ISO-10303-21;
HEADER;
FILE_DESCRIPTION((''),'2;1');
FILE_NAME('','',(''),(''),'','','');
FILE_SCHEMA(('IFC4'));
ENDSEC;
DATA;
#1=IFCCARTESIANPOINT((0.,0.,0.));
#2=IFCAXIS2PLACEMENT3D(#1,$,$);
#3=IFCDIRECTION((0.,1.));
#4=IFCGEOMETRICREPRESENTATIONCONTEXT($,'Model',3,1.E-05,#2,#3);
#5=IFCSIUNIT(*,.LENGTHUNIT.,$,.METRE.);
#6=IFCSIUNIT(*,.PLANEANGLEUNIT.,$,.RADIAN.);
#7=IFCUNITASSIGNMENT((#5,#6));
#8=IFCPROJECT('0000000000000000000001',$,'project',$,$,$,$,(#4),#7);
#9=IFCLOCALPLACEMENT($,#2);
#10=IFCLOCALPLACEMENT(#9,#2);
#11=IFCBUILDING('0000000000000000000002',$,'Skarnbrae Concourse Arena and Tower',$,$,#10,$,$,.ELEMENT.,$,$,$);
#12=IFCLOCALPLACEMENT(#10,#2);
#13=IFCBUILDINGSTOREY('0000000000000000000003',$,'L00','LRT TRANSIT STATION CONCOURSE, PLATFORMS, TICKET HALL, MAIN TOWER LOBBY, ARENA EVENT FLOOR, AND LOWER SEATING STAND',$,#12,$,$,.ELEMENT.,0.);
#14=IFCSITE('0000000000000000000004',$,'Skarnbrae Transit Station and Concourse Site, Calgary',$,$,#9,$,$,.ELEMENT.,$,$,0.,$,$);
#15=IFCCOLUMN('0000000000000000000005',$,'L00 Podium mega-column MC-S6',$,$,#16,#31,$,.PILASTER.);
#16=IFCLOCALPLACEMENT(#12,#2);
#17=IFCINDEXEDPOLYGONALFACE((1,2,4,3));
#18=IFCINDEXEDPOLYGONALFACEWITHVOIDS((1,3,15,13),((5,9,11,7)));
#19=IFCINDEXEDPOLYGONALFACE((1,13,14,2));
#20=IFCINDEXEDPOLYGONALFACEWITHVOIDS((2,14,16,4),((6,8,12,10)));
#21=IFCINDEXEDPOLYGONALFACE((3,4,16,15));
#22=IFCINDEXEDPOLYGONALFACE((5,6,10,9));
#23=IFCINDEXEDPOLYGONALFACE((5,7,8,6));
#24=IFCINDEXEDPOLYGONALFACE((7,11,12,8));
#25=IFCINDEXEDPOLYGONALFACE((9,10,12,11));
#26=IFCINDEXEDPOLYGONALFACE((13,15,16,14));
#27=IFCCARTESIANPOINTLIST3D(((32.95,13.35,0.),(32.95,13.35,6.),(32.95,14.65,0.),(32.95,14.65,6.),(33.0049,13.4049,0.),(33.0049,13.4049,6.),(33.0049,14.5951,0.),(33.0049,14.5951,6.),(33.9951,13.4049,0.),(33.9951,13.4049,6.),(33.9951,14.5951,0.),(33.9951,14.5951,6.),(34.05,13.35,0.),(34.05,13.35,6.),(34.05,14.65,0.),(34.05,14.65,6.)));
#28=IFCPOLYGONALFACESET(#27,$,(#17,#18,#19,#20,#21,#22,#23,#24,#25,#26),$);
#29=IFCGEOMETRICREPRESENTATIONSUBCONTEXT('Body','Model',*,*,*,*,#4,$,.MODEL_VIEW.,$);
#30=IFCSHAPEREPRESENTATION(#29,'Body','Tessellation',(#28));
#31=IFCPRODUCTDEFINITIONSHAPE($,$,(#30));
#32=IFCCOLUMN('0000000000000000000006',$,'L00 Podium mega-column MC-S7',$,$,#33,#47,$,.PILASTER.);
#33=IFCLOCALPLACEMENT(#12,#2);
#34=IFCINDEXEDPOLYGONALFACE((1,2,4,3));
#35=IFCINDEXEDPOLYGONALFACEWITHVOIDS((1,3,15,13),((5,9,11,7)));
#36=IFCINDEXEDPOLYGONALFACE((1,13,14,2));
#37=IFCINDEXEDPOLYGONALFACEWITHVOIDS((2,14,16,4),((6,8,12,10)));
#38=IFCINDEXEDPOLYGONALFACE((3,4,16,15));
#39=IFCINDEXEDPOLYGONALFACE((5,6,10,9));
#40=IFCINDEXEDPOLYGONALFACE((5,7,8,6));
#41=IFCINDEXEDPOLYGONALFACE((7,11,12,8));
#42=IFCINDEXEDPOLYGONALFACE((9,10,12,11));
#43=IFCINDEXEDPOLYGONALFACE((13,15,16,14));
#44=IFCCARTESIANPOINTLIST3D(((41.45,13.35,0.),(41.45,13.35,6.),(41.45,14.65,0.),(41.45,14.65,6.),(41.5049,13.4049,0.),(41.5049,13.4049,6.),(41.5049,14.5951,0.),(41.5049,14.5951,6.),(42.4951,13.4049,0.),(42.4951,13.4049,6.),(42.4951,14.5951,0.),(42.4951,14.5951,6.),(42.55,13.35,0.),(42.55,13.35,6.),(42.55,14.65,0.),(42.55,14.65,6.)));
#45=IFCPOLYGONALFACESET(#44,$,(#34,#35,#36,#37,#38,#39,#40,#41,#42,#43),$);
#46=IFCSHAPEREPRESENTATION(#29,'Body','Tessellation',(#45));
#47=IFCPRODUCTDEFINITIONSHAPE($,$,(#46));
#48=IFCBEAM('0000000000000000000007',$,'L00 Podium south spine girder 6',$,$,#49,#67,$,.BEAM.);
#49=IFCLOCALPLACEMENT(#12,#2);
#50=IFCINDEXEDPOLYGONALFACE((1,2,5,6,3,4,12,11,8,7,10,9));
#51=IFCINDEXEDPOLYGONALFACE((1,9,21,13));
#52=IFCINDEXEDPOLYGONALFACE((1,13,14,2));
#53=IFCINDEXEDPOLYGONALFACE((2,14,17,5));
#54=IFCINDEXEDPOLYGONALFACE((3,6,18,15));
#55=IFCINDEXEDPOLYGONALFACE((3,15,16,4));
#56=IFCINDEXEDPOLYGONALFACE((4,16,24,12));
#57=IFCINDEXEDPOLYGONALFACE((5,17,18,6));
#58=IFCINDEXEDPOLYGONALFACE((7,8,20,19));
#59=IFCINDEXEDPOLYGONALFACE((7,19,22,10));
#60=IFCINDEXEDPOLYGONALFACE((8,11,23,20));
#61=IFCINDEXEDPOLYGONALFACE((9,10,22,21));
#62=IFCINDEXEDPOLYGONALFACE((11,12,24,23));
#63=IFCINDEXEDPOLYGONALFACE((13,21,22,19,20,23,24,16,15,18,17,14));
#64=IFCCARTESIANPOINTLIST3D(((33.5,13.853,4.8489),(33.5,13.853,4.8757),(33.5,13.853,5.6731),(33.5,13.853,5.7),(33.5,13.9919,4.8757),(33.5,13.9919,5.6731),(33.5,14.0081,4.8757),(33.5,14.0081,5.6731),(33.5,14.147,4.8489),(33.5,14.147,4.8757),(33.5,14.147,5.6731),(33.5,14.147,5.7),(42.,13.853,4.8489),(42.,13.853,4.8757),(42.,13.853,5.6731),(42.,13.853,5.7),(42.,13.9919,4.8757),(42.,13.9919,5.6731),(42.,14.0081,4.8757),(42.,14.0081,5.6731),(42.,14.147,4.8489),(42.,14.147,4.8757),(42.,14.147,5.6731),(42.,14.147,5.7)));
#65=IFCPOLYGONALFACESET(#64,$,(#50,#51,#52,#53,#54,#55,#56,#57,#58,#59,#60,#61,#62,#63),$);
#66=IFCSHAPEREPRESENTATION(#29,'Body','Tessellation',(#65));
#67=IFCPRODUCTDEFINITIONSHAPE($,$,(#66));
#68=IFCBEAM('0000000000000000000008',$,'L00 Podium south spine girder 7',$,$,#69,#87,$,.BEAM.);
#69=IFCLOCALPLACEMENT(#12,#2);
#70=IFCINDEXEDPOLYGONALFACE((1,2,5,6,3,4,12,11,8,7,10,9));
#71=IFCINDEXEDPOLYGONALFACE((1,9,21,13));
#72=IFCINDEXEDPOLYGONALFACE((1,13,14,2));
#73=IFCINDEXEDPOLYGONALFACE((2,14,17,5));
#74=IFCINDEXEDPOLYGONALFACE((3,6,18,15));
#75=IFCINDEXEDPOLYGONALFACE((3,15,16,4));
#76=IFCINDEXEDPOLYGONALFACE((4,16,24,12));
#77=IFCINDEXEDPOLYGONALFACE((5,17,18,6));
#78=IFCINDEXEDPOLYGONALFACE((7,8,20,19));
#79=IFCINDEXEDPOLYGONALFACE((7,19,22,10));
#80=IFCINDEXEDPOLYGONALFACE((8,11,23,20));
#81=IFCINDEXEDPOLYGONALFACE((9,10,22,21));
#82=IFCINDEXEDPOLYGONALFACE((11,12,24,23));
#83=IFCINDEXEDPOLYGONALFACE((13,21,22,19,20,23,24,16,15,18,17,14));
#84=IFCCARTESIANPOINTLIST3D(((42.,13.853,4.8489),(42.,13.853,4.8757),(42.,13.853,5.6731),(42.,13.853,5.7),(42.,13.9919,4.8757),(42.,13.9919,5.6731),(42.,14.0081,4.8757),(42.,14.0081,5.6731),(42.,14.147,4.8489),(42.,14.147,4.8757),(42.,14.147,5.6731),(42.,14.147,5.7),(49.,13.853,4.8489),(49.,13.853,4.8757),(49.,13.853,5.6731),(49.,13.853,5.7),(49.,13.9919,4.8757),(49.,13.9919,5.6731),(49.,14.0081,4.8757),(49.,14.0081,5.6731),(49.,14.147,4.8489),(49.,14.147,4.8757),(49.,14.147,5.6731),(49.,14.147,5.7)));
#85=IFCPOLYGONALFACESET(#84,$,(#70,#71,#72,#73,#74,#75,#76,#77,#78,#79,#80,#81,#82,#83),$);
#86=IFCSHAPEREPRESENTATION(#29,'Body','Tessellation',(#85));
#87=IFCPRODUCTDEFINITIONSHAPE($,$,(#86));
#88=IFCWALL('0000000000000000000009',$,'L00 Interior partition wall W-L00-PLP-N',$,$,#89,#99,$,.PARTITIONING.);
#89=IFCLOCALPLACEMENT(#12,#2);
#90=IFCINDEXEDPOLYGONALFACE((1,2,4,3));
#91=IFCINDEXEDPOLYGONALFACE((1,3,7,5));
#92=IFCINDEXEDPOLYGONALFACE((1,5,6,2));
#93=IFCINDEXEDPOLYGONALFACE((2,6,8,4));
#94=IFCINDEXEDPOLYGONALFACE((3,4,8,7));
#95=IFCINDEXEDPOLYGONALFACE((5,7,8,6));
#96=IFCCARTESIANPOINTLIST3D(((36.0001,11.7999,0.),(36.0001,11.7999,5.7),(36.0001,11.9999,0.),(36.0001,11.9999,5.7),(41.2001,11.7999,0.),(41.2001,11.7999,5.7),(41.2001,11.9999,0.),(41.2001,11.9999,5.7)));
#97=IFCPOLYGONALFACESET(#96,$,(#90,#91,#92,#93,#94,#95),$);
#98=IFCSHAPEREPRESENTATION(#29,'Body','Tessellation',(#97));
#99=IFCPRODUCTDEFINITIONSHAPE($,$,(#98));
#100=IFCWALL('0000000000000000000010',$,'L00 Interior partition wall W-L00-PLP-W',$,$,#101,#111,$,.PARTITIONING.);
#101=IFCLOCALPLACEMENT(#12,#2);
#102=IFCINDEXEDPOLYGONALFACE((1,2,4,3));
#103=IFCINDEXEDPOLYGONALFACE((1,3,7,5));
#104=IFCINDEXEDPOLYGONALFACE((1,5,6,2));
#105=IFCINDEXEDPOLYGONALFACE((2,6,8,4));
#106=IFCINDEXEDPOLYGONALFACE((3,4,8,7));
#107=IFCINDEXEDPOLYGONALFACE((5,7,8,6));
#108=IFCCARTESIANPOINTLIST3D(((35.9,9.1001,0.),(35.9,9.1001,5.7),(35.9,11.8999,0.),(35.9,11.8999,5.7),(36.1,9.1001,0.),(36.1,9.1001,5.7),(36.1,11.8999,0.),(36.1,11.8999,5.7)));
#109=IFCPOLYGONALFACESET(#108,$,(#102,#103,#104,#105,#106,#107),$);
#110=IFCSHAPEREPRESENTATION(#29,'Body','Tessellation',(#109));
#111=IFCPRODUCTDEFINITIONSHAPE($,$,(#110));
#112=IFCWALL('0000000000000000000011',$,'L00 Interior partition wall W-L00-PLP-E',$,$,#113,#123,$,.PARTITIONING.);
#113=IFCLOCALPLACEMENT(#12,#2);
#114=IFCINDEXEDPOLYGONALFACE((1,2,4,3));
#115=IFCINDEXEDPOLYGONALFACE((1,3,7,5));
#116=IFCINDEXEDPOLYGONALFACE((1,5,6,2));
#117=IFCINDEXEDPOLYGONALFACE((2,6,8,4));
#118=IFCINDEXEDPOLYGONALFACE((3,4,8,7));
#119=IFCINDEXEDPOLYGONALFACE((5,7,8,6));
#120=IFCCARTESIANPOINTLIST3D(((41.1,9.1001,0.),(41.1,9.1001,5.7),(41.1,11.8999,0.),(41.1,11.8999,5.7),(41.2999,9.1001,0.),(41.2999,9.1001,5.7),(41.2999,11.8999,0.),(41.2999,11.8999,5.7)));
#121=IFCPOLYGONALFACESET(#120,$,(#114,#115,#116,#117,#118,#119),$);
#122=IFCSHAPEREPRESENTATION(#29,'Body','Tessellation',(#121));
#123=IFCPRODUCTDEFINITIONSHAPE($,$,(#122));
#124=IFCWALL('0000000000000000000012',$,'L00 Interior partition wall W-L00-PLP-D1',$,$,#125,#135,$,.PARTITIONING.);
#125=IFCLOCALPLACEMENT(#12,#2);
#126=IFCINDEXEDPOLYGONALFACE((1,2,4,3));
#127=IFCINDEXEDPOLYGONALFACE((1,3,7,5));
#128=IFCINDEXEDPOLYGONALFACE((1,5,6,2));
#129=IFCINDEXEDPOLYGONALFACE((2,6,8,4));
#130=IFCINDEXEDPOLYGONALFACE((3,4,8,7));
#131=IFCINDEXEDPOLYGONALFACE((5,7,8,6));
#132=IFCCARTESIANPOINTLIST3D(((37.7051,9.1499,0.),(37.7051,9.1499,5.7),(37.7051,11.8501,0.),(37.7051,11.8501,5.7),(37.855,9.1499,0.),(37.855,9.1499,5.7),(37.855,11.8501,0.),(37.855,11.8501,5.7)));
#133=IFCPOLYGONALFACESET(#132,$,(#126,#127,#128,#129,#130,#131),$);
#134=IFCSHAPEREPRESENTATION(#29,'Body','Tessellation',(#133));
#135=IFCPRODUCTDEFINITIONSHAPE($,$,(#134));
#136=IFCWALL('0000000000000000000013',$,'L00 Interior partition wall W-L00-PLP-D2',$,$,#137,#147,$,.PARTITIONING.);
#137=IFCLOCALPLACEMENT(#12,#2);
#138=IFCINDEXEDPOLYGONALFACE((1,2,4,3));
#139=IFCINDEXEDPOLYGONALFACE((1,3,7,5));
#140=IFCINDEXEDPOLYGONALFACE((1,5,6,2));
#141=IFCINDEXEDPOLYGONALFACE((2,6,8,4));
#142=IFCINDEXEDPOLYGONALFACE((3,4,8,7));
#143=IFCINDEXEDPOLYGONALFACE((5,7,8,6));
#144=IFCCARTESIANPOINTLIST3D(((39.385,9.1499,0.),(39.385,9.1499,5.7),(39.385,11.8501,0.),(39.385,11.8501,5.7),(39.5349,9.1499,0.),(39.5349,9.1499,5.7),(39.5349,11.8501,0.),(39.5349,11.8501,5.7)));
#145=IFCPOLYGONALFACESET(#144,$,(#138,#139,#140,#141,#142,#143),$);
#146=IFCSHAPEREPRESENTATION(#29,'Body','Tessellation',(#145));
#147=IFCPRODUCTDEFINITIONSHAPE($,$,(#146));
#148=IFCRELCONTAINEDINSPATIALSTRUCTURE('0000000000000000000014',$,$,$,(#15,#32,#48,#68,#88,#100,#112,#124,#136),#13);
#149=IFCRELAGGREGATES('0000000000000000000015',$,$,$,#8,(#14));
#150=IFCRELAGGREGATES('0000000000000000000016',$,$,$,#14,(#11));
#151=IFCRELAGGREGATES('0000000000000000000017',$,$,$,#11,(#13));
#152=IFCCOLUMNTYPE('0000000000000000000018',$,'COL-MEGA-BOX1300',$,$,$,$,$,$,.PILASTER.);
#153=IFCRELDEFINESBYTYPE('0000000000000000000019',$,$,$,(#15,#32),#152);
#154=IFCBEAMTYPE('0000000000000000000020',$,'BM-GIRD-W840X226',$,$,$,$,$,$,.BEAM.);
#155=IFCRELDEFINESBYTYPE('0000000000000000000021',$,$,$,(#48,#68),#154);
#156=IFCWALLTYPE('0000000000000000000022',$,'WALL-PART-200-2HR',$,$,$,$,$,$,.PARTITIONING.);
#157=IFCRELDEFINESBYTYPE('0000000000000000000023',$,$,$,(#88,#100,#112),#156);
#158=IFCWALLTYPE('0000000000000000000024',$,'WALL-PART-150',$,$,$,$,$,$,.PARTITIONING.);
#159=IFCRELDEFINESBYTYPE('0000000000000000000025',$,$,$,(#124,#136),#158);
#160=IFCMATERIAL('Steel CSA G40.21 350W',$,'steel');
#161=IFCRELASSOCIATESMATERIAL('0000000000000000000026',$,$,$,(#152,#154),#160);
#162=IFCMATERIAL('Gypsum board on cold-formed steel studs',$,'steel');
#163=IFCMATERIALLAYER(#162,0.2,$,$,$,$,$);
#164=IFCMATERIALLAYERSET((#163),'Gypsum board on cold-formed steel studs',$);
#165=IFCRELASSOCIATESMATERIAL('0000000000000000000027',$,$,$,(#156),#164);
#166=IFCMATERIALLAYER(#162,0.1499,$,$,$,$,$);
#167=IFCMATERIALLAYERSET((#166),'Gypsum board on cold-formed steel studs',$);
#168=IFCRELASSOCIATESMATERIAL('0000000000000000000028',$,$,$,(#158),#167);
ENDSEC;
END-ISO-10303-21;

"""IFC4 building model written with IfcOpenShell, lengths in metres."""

from ifc_helpers import new_model, si_unit, direction, frame, frame_2d, origin, origin_2d, place, context, subcontext, project, spatial, rectangle, hollow_rectangle, i_section, extrude, source, transform, mapped, material, layer, layer_set, material_profile, profile_set, type_object, element, save


model = new_model("IFC4")

# Units and contexts
model_context = context("Model", 3, precision=1e-05, world=origin(), true_north=direction((0.0, 1.0)))
body_context = subcontext(model_context, "Body", "Model", "MODEL_VIEW")
ifc_project = project(units=[si_unit("LENGTHUNIT", "METRE"), si_unit("PLANEANGLEUNIT", "RADIAN")], contexts=[model_context])

# Site, building, storey
site_placement = place(None, origin())
site = spatial("IfcSite", under=ifc_project, at=site_placement, Name="Skarnbrae Transit Station and Concourse Site, Calgary", CompositionType="ELEMENT", RefElevation=0.0)
building_placement = place(site_placement, origin())
building = spatial("IfcBuilding", under=site, at=building_placement, Name="Skarnbrae Concourse Arena and Tower", CompositionType="ELEMENT")
storey_placement = place(building_placement, origin())
storey = spatial("IfcBuildingStorey", under=building, at=storey_placement, Name="L00", Description="LRT TRANSIT STATION CONCOURSE, PLATFORMS, TICKET HALL, MAIN TOWER LOBBY, ARENA EVENT FLOOR, AND LOWER SEATING STAND", CompositionType="ELEMENT", Elevation=0.0)

# Columns
ifc_material_1 = material(Name="Steel CSA G40.21 350W", Category="steel")
ifc_material_profile_1 = material_profile(ifc_material_1, hollow_rectangle(XDim=1.1001, YDim=1.3, WallThickness=0.0549, at=origin_2d()), Name="BOX1300X1100X55")
ifc_profile_set_1 = profile_set([ifc_material_profile_1], Name="Steel CSA G40.21 350W")
column_type = type_object("IfcColumnType", Name="COL-MEGA-BOX1300", PredefinedType="PILASTER", material=ifc_profile_set_1)
shared_shape_1 = source(origin(), body_context, "Body", "SweptSolid", [
    extrude(hollow_rectangle(XDim=1.1001, YDim=1.3, WallThickness=0.0549, at=origin_2d()), origin(), (0.0, 0.0, 1.0), 6.0),
])
for number, where, z_axis, x_axis, name in (
    (1, (33.5, 14.0, 0.0), (0.0, 0.0, 1.0), (1.0, 0.0, 0.0), "L00 Podium mega-column MC-S6"),
    (2, (42.0, 14.0, 0.0), (0.0, 0.0, 1.0), (1.0, 0.0, 0.0), "L00 Podium mega-column MC-S7"),
):
    element("IfcColumn", number, at=place(storey_placement, frame(where, z_axis=z_axis, x_axis=x_axis)), inside=storey, type_object=column_type, Name=name, PredefinedType="PILASTER", context=body_context, shape_type="MappedRepresentation", body=[
        mapped(shared_shape_1, transform((0.0, 0.0, 0.0))),
    ])

# Beams
ifc_material_profile_2 = material_profile(ifc_material_1, i_section(OverallWidth=0.2939, OverallDepth=0.8511, WebThickness=0.0161, FlangeThickness=0.0269, at=origin_2d()), Name="W840X226")
ifc_profile_set_2 = profile_set([ifc_material_profile_2], Name="Steel CSA G40.21 350W")
beam_type = type_object("IfcBeamType", Name="BM-GIRD-W840X226", PredefinedType="BEAM", material=ifc_profile_set_2)
shared_shape_2 = source(origin(), body_context, "Body", "SweptSolid", [
    extrude(i_section(OverallWidth=0.2939, OverallDepth=0.8511, WebThickness=0.0161, FlangeThickness=0.0269, at=origin_2d()), origin(), (0.0, 0.0, 1.0), 8.5),
])
beam_1_placement = place(storey_placement, frame((33.5, 14.0, 5.2744), z_axis=(1.0, 0.0, 0.0), x_axis=(0.0, 1.0, 0.0)))
element("IfcBeam", 3, at=beam_1_placement, inside=storey, type_object=beam_type, Name="L00 Podium south spine girder 6", PredefinedType="BEAM", context=body_context, shape_type="MappedRepresentation", body=[
    mapped(shared_shape_2, transform((0.0, 0.0, 0.0))),
])
shared_shape_3 = source(origin(), body_context, "Body", "SweptSolid", [
    extrude(i_section(OverallWidth=0.2939, OverallDepth=0.8511, WebThickness=0.0161, FlangeThickness=0.0269, at=origin_2d()), origin(), (0.0, 0.0, 1.0), 7.0),
])
beam_2_placement = place(storey_placement, frame((42.0, 14.0, 5.2744), z_axis=(1.0, 0.0, 0.0), x_axis=(0.0, 1.0, 0.0)))
element("IfcBeam", 4, at=beam_2_placement, inside=storey, type_object=beam_type, Name="L00 Podium south spine girder 7", PredefinedType="BEAM", context=body_context, shape_type="MappedRepresentation", body=[
    mapped(shared_shape_3, transform((0.0, 0.0, 0.0))),
])

# Shared definitions
ifc_material_2 = material(Name="Gypsum board on cold-formed steel studs", Category="steel")
ifc_layer_1 = layer(ifc_material_2, 0.2)
ifc_layer_set_1 = layer_set([ifc_layer_1], Name="Gypsum board on cold-formed steel studs")
wall_type_1 = type_object("IfcWallType", Name="WALL-PART-200-2HR", PredefinedType="PARTITIONING", material=ifc_layer_set_1)
shared_shape_4 = source(origin(), body_context, "Body", "SweptSolid", [
    extrude(rectangle(XDim=5.2, YDim=0.2, at=frame_2d((2.6001, 0.0))), origin(), (0.0, 0.0, 1.0), 5.7),
])

# Walls
wall_1_placement = place(storey_placement, frame((36.0, 11.8999, 0.0), z_axis=(0.0, 0.0, 1.0), x_axis=(1.0, 0.0, 0.0)))
element("IfcWall", 5, at=wall_1_placement, inside=storey, type_object=wall_type_1, Name="L00 Interior partition wall W-L00-PLP-N", PredefinedType="PARTITIONING", context=body_context, shape_type="MappedRepresentation", body=[
    mapped(shared_shape_4, transform((0.0, 0.0, 0.0))),
])
shared_shape_5 = source(origin(), body_context, "Body", "SweptSolid", [
    extrude(rectangle(XDim=2.7998, YDim=0.2, at=frame_2d((1.3999, 0.0))), origin(), (0.0, 0.0, 1.0), 5.7),
])
for number, where, z_axis, x_axis, name in (
    (6, (36.0, 9.1001, 0.0), (0.0, 0.0, 1.0), (0.0, 1.0, 0.0), "L00 Interior partition wall W-L00-PLP-W"),
    (7, (41.2, 9.1001, 0.0), (0.0, 0.0, 1.0), (0.0, 1.0, 0.0), "L00 Interior partition wall W-L00-PLP-E"),
):
    element("IfcWall", number, at=place(storey_placement, frame(where, z_axis=z_axis, x_axis=x_axis)), inside=storey, type_object=wall_type_1, Name=name, PredefinedType="PARTITIONING", context=body_context, shape_type="MappedRepresentation", body=[
        mapped(shared_shape_5, transform((0.0, 0.0, 0.0))),
    ])
ifc_layer_2 = layer(ifc_material_2, 0.1499)
ifc_layer_set_2 = layer_set([ifc_layer_2], Name="Gypsum board on cold-formed steel studs")
wall_type_2 = type_object("IfcWallType", Name="WALL-PART-150", PredefinedType="PARTITIONING", material=ifc_layer_set_2)
shared_shape_6 = source(origin(), body_context, "Body", "SweptSolid", [
    extrude(rectangle(XDim=2.7002, YDim=0.1499, at=frame_2d((1.3501, 0.0))), origin(), (0.0, 0.0, 1.0), 5.7),
])
for number, where, z_axis, x_axis, name in (
    (8, (37.78, 9.1499, 0.0), (0.0, 0.0, 1.0), (0.0, 1.0, 0.0), "L00 Interior partition wall W-L00-PLP-D1"),
    (9, (39.46, 9.1499, 0.0), (0.0, 0.0, 1.0), (0.0, 1.0, 0.0), "L00 Interior partition wall W-L00-PLP-D2"),
):
    element("IfcWall", number, at=place(storey_placement, frame(where, z_axis=z_axis, x_axis=x_axis)), inside=storey, type_object=wall_type_2, Name=name, PredefinedType="PARTITIONING", context=body_context, shape_type="MappedRepresentation", body=[
        mapped(shared_shape_6, transform((0.0, 0.0, 0.0))),
    ])

save(model, "model.ifc")
